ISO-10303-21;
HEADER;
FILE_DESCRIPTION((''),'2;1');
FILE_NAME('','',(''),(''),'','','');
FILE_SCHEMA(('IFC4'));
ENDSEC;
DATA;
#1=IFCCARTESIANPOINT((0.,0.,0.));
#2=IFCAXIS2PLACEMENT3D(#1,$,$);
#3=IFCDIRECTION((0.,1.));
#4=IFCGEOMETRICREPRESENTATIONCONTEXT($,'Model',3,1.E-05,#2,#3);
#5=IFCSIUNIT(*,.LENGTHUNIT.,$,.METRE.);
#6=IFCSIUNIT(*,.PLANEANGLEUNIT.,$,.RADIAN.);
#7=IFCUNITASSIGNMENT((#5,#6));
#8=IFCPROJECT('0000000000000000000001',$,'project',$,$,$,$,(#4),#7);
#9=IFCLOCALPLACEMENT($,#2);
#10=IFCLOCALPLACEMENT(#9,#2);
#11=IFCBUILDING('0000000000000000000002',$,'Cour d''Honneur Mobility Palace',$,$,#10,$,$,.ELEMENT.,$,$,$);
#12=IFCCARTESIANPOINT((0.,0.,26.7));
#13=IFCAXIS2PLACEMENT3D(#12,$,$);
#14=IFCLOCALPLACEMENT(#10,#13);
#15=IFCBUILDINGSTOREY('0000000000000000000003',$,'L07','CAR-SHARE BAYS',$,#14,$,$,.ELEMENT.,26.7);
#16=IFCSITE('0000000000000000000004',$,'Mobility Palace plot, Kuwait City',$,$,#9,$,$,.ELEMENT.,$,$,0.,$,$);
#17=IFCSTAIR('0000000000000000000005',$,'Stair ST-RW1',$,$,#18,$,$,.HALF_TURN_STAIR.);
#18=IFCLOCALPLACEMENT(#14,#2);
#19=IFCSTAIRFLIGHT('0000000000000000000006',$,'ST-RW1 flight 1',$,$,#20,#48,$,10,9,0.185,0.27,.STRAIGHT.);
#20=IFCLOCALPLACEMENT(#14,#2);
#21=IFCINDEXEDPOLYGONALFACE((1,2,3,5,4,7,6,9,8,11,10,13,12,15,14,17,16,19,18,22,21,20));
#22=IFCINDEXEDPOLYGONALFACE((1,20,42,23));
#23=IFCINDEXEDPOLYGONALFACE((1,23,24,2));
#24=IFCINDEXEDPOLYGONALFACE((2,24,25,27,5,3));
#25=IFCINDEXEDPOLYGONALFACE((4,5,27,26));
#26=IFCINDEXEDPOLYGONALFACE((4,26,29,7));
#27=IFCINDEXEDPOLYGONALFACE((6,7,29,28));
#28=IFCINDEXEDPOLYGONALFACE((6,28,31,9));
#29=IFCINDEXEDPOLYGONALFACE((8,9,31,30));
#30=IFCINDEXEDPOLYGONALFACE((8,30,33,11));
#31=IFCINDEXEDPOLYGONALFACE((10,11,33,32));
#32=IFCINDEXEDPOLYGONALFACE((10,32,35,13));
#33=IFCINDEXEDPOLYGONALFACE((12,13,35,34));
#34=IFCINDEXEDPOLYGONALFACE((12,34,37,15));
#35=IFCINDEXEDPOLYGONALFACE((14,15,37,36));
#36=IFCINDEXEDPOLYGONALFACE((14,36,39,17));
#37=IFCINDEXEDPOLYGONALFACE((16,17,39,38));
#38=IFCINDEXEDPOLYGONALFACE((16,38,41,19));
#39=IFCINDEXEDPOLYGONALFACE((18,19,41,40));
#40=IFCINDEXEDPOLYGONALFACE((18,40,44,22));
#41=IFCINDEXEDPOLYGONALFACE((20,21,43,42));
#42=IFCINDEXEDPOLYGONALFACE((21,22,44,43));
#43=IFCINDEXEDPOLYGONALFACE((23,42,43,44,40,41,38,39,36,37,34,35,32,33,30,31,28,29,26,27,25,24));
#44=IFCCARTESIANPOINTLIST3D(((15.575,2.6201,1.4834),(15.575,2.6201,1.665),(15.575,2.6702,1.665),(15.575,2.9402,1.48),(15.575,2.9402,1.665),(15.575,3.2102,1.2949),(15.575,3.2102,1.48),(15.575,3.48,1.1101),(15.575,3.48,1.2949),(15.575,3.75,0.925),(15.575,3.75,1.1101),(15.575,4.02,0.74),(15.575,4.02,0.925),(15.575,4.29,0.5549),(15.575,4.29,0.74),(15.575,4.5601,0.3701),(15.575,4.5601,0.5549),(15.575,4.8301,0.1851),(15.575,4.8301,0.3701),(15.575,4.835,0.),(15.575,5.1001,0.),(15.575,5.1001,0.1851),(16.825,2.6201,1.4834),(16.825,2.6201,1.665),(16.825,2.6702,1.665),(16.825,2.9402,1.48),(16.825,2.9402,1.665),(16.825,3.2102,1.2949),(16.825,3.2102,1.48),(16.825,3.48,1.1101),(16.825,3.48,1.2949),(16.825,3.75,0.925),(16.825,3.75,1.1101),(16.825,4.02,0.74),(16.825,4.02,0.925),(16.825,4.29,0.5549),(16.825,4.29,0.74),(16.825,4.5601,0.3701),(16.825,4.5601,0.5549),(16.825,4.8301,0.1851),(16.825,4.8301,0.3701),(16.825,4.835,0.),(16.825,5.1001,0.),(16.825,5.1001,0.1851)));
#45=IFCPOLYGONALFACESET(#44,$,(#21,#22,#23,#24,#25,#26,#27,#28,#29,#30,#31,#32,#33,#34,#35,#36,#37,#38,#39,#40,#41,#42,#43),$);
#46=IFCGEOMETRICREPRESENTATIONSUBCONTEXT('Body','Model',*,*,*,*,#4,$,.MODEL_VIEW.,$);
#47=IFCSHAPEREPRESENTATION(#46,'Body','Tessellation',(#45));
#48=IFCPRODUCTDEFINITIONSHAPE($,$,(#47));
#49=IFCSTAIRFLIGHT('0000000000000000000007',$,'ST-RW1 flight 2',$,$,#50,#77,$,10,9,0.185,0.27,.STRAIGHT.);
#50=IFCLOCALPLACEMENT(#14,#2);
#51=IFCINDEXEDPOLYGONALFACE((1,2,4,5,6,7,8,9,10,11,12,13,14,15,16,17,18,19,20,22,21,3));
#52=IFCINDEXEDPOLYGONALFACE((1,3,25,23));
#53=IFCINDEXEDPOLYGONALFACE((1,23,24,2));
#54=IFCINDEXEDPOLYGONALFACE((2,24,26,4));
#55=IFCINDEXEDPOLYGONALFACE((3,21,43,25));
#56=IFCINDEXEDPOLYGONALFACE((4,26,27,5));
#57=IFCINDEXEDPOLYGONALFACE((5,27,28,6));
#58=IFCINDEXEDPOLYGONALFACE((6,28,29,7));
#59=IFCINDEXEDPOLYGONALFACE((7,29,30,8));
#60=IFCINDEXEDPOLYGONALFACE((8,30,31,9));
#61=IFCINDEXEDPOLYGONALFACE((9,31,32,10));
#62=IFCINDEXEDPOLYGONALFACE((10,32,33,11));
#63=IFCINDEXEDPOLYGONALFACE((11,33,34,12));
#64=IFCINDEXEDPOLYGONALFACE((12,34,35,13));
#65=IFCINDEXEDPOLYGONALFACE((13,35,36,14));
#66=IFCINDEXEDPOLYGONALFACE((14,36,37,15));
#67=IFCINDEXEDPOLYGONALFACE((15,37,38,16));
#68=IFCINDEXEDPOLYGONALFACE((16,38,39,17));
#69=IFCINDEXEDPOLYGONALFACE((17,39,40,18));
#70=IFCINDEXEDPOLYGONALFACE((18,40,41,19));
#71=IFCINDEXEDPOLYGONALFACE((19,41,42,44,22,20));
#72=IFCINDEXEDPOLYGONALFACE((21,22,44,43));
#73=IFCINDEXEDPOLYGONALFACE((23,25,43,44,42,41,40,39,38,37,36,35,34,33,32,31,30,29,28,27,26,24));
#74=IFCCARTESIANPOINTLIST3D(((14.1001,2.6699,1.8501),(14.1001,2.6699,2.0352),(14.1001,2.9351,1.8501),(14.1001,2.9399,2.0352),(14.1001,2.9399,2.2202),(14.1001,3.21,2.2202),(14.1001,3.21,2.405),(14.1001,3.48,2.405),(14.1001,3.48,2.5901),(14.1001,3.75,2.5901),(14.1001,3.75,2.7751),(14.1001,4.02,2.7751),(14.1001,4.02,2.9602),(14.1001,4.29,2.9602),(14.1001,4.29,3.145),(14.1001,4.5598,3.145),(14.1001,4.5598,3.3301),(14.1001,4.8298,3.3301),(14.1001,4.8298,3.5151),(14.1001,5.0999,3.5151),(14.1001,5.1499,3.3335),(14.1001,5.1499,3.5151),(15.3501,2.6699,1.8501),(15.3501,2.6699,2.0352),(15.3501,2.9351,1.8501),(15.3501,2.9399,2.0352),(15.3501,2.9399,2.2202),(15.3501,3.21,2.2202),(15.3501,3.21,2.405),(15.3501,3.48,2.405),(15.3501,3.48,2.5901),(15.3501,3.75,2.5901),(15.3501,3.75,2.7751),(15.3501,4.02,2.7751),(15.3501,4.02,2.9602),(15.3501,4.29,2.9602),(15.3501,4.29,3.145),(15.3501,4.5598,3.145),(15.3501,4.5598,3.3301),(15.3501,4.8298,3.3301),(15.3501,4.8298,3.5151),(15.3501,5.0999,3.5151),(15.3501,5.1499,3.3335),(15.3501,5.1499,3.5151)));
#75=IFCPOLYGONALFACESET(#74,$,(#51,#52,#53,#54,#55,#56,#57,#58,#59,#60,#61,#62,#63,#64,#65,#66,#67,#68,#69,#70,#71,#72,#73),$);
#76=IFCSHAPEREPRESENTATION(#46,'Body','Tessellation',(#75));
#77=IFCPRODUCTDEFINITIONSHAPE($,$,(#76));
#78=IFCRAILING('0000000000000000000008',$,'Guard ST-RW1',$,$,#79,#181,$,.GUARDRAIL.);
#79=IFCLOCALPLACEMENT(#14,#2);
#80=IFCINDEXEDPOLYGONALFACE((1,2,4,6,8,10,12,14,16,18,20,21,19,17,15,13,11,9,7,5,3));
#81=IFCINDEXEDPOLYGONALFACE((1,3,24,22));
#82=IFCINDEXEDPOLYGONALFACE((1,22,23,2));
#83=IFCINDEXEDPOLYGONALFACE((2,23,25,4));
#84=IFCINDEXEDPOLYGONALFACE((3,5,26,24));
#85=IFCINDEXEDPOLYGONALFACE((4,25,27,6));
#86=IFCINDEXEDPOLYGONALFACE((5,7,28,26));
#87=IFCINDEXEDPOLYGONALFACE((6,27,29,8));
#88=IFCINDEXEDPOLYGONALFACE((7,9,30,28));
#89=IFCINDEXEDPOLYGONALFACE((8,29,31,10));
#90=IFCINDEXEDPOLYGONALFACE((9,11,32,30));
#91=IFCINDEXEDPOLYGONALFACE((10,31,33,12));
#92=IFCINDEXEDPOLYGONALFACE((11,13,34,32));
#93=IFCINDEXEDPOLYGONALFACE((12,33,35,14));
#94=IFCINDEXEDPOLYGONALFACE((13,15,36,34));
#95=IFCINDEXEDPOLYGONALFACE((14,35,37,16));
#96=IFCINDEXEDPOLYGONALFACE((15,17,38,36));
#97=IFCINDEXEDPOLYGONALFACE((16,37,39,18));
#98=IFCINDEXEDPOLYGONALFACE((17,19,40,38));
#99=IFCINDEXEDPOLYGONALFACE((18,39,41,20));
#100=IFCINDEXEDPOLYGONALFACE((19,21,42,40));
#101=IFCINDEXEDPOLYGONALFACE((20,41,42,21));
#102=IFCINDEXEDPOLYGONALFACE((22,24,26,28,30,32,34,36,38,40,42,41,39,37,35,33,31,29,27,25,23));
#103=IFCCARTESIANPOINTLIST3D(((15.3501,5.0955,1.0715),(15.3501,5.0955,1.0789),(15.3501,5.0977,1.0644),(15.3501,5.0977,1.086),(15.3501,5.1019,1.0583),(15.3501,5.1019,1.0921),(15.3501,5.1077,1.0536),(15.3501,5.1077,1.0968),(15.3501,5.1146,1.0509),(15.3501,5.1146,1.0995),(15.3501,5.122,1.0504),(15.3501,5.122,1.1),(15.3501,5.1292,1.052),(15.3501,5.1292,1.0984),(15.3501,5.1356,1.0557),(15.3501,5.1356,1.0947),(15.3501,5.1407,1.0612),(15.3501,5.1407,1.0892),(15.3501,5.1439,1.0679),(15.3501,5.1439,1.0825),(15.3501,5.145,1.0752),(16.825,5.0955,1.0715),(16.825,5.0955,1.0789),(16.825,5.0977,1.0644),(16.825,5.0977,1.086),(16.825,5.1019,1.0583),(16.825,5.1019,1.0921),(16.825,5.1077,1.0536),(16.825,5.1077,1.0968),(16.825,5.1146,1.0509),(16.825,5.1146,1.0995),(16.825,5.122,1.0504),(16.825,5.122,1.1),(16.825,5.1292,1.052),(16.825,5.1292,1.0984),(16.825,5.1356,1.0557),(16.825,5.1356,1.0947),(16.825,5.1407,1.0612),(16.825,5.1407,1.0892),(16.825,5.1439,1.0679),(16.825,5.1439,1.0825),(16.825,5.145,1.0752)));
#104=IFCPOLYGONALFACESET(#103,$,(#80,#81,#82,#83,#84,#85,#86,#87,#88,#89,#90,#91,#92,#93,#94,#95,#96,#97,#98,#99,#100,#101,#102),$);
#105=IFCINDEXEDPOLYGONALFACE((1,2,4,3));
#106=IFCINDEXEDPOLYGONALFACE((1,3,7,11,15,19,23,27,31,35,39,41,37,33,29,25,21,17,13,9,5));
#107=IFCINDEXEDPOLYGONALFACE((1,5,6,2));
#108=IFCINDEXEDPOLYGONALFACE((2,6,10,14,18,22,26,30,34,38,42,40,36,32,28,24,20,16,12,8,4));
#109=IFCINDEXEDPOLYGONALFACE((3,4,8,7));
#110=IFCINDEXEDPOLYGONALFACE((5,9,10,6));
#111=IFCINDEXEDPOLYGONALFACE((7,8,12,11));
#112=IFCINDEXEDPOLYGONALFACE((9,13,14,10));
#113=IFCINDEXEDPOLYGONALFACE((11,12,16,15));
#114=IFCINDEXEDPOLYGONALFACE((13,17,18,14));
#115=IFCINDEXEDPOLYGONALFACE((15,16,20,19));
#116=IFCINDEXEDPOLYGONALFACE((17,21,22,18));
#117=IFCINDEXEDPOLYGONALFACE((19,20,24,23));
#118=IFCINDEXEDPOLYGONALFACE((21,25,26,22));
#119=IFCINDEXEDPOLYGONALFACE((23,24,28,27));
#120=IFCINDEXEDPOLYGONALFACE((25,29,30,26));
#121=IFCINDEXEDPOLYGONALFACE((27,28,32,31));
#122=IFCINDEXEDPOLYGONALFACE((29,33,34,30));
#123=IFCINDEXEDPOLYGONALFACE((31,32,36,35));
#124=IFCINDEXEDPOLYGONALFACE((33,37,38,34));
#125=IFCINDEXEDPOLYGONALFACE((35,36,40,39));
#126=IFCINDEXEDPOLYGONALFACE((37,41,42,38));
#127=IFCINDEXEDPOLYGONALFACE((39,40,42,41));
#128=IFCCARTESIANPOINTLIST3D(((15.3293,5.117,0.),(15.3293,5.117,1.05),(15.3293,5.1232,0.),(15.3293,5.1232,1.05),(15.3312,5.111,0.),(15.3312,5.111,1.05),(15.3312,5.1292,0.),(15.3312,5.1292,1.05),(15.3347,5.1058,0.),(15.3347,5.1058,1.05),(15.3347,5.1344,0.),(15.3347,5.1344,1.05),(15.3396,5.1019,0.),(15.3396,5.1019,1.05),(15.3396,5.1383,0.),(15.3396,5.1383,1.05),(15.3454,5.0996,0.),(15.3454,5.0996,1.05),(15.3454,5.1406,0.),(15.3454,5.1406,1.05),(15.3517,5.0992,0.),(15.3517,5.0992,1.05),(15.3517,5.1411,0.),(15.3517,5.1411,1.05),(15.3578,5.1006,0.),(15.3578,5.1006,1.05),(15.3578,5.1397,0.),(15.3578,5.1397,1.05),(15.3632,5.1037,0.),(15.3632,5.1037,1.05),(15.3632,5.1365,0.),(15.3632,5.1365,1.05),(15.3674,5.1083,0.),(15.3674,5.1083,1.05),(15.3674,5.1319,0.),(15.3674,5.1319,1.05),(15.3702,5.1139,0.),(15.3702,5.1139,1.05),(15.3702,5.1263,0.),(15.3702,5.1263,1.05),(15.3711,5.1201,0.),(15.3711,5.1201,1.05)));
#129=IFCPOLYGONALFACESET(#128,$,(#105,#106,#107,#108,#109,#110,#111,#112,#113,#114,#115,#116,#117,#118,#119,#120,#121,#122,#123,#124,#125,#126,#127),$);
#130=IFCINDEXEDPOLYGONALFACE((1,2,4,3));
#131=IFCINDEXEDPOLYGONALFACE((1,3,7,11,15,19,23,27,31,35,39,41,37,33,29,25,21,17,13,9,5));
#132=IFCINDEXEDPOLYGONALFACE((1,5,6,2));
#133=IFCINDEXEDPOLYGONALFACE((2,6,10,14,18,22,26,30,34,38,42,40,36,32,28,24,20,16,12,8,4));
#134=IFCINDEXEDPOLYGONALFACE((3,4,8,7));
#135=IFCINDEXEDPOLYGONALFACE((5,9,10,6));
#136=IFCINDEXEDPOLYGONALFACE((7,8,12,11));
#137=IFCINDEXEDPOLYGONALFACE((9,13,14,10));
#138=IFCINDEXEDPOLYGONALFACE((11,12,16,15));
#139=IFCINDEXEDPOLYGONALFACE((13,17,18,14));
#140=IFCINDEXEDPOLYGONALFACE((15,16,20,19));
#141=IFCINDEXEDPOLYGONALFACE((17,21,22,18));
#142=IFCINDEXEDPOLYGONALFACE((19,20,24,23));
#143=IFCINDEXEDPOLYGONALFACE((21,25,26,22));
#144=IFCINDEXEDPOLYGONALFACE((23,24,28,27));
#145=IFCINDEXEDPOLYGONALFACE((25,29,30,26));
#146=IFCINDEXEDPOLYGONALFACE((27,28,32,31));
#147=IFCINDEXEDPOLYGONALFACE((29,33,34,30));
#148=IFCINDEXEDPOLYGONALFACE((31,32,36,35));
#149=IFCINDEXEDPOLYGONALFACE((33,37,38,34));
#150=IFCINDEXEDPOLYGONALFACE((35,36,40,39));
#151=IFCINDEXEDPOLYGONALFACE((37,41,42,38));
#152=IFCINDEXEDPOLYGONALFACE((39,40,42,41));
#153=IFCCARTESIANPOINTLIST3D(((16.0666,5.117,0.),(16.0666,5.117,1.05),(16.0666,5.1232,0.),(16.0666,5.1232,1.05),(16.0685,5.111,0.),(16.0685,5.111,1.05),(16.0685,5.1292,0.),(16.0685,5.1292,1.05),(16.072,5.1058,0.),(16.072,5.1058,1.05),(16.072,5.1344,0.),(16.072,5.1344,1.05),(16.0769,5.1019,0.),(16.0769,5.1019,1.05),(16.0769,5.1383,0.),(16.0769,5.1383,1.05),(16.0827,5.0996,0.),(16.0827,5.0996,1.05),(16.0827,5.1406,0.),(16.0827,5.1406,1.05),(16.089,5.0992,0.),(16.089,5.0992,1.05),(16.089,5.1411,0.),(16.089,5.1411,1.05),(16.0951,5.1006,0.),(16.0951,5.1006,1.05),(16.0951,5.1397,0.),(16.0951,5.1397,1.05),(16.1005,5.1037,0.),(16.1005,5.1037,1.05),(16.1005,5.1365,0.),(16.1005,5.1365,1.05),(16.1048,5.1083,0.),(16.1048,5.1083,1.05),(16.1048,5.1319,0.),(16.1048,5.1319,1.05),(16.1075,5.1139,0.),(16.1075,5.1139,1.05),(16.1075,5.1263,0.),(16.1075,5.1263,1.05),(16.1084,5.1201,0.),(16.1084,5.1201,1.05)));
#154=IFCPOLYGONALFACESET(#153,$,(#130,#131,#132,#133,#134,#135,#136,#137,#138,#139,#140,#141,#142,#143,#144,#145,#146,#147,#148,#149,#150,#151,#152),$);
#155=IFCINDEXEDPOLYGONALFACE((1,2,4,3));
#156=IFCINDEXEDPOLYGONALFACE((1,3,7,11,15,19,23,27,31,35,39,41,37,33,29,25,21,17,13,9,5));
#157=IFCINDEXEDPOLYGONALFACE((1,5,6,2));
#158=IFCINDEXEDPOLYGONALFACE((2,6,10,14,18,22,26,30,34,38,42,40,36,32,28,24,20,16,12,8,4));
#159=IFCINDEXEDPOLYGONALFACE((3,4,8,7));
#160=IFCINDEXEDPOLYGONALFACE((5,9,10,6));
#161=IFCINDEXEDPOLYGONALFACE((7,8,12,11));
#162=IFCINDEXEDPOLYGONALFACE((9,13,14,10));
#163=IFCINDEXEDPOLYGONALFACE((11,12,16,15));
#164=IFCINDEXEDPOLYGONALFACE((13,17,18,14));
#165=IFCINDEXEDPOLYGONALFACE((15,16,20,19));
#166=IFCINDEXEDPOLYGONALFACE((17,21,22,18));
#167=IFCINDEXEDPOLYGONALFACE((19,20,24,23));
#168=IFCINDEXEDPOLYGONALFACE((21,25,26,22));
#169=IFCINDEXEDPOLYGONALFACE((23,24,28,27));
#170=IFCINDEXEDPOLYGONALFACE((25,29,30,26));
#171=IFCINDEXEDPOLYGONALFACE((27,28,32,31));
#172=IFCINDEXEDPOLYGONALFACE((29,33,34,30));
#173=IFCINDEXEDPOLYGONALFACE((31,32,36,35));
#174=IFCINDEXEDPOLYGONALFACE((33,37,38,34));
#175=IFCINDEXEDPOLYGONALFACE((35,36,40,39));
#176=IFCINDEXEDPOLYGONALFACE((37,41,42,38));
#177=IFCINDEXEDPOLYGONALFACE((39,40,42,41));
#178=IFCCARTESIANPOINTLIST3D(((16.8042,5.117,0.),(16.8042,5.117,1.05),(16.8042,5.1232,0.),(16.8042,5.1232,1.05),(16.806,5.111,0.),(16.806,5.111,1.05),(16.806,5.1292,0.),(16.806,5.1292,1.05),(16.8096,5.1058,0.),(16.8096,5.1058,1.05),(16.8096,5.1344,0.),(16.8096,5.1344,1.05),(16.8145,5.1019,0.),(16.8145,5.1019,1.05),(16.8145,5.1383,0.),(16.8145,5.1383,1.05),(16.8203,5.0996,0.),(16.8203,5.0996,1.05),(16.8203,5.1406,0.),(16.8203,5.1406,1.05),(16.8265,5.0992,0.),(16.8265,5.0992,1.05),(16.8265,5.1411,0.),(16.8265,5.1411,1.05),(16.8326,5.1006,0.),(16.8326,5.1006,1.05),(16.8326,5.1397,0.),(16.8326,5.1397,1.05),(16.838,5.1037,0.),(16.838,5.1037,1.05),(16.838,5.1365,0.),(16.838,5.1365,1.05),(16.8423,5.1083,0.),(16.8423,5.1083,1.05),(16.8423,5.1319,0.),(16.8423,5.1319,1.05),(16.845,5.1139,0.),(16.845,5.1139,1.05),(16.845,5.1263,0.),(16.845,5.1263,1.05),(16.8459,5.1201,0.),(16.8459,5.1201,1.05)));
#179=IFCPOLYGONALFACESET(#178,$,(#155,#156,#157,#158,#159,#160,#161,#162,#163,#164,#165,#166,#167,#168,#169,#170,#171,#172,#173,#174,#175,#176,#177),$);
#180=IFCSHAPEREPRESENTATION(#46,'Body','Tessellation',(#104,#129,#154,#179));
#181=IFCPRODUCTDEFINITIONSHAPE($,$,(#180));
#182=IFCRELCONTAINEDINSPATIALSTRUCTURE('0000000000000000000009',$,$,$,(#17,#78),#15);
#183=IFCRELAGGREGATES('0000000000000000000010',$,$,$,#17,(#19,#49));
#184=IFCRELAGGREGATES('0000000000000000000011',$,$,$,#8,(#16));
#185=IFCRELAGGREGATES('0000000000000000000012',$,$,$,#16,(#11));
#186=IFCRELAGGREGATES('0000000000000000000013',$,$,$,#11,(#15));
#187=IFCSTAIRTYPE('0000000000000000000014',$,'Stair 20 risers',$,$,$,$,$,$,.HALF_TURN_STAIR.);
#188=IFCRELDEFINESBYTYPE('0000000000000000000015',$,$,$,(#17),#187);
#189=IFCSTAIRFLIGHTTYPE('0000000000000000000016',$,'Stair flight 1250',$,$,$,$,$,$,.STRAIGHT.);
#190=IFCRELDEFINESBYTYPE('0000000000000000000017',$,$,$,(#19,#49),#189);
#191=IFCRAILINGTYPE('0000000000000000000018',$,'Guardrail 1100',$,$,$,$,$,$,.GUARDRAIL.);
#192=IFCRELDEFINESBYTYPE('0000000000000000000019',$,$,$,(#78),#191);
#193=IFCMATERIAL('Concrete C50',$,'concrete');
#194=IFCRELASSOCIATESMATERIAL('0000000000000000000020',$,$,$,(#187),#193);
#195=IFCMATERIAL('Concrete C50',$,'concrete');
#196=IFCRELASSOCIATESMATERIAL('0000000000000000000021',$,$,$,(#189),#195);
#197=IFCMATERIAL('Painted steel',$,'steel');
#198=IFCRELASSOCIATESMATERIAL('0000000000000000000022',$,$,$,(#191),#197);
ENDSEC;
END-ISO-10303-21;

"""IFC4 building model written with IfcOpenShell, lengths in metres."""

from ifc_helpers import new_model, si_unit, direction, frame, origin, origin_2d, place, context, subcontext, project, spatial, polyline, circle, outline, extrude, material, type_object, element, aggregate, save


model = new_model("IFC4")

# Units and contexts
model_context = context("Model", 3, precision=1e-05, world=origin(), true_north=direction((0.0, 1.0)))
body_context = subcontext(model_context, "Body", "Model", "MODEL_VIEW")
ifc_project = project(units=[si_unit("LENGTHUNIT", "METRE"), si_unit("PLANEANGLEUNIT", "RADIAN")], contexts=[model_context])

# Site, building, storey
site_placement = place(None, origin())
site = spatial("IfcSite", under=ifc_project, at=site_placement, Name="Mobility Palace plot, Kuwait City", CompositionType="ELEMENT", RefElevation=0.0)
building_placement = place(site_placement, origin())
building = spatial("IfcBuilding", under=site, at=building_placement, Name="Cour d'Honneur Mobility Palace", CompositionType="ELEMENT")
storey_placement = place(building_placement, frame((0.0, 0.0, 26.7)))
storey = spatial("IfcBuildingStorey", under=building, at=storey_placement, Name="L07", Description="CAR-SHARE BAYS", CompositionType="ELEMENT", Elevation=26.7)

# Stair, stair flights
ifc_material_1 = material(Name="Concrete C50", Category="concrete")
stair_type = type_object("IfcStairType", Name="Stair 20 risers", PredefinedType="HALF_TURN_STAIR", material=ifc_material_1)
stair_placement = place(storey_placement, origin())
stair = element("IfcStair", 1, at=stair_placement, inside=storey, type_object=stair_type, Name="Stair ST-RW1", PredefinedType="HALF_TURN_STAIR")
ifc_material_2 = material(Name="Concrete C50", Category="concrete")
stair_flight_type = type_object("IfcStairFlightType", Name="Stair flight 1250", PredefinedType="STRAIGHT", material=ifc_material_2)
stair_flight_1_placement = place(storey_placement, frame((16.2, 5.1001, 0.0), z_axis=(0.0, 0.0, 1.0), x_axis=(0.0, -1.0, 0.0)))
stair_flight_1 = element("IfcStairFlight", 2, at=stair_flight_1_placement, type_object=stair_flight_type, Name="ST-RW1 flight 1", NumberOfRisers=10, NumberOfTreads=9, PredefinedType="STRAIGHT", RiserHeight=0.185, TreadLength=0.27, context=body_context, shape_type="SweptSolid", body=[
    extrude(outline(polyline([(0.0, 0.0), (0.0, 0.1851), (0.27, 0.1851), (0.27, 0.3701), (0.54, 0.3701), (0.54, 0.5549), (0.8101, 0.5549), (0.8101, 0.74), (1.0801, 0.74), (1.0801, 0.925), (1.3501, 0.925), (1.3501, 1.1101), (1.6201, 1.1101), (1.6201, 1.2949), (1.8899, 1.2949), (1.8899, 1.48), (2.1599, 1.48), (2.1599, 1.665), (2.4299, 1.665), (2.48, 1.665), (2.48, 1.4834), (0.2651, 0.0), (0.0, 0.0)])), frame((0.0, 0.625, 0.0), z_axis=(0.0, -1.0, 0.0), x_axis=(1.0, 0.0, 0.0)), (0.0, 0.0, 1.0), 1.25),
])
stair_flight_2_placement = place(storey_placement, frame((14.7251, 2.6699, 1.8501), z_axis=(0.0, 0.0, 1.0), x_axis=(0.0, 1.0, 0.0)))
stair_flight_2 = element("IfcStairFlight", 3, at=stair_flight_2_placement, type_object=stair_flight_type, Name="ST-RW1 flight 2", NumberOfRisers=10, NumberOfTreads=9, PredefinedType="STRAIGHT", RiserHeight=0.185, TreadLength=0.27, context=body_context, shape_type="SweptSolid", body=[
    extrude(outline(polyline([(0.0, 0.0), (0.0, 0.1851), (0.27, 0.1851), (0.27, 0.3701), (0.54, 0.3701), (0.54, 0.5549), (0.8101, 0.5549), (0.8101, 0.74), (1.0801, 0.74), (1.0801, 0.925), (1.3501, 0.925), (1.3501, 1.1101), (1.6201, 1.1101), (1.6201, 1.2949), (1.8899, 1.2949), (1.8899, 1.48), (2.1599, 1.48), (2.1599, 1.665), (2.4299, 1.665), (2.48, 1.665), (2.48, 1.4834), (0.2651, 0.0), (0.0, 0.0)])), frame((0.0, 0.625, 0.0), z_axis=(0.0, -1.0, 0.0), x_axis=(1.0, 0.0, 0.0)), (0.0, 0.0, 1.0), 1.25),
])
aggregate(stair, [stair_flight_1, stair_flight_2])

# Railing
ifc_material_3 = material(Name="Painted steel", Category="steel")
railing_type_1 = type_object("IfcRailingType", Name="Guardrail 1100", PredefinedType="GUARDRAIL", material=ifc_material_3)
railing_1_placement = place(storey_placement, frame((15.3501, 5.1201, 0.0)))
element("IfcRailing", 4, at=railing_1_placement, inside=storey, type_object=railing_type_1, Name="Guard ST-RW1", PredefinedType="GUARDRAIL", context=body_context, shape_type="SweptSolid", body=[
    extrude(circle(Radius=0.0249, at=origin_2d()), frame((0.0, 0.0, 1.0752), z_axis=(1.0, 0.0, 0.0), x_axis=(0.0, 1.0, 0.0)), (0.0, 0.0, 1.0), 1.4749),
    extrude(circle(Radius=0.021, at=origin_2d()), origin(), (0.0, 0.0, 1.0), 1.05),
    extrude(circle(Radius=0.021, at=origin_2d()), frame((0.7373, 0.0, 0.0)), (0.0, 0.0, 1.0), 1.05),
    extrude(circle(Radius=0.021, at=origin_2d()), frame((1.4749, 0.0, 0.0)), (0.0, 0.0, 1.0), 1.05),
])

save(model, "model.ifc")
